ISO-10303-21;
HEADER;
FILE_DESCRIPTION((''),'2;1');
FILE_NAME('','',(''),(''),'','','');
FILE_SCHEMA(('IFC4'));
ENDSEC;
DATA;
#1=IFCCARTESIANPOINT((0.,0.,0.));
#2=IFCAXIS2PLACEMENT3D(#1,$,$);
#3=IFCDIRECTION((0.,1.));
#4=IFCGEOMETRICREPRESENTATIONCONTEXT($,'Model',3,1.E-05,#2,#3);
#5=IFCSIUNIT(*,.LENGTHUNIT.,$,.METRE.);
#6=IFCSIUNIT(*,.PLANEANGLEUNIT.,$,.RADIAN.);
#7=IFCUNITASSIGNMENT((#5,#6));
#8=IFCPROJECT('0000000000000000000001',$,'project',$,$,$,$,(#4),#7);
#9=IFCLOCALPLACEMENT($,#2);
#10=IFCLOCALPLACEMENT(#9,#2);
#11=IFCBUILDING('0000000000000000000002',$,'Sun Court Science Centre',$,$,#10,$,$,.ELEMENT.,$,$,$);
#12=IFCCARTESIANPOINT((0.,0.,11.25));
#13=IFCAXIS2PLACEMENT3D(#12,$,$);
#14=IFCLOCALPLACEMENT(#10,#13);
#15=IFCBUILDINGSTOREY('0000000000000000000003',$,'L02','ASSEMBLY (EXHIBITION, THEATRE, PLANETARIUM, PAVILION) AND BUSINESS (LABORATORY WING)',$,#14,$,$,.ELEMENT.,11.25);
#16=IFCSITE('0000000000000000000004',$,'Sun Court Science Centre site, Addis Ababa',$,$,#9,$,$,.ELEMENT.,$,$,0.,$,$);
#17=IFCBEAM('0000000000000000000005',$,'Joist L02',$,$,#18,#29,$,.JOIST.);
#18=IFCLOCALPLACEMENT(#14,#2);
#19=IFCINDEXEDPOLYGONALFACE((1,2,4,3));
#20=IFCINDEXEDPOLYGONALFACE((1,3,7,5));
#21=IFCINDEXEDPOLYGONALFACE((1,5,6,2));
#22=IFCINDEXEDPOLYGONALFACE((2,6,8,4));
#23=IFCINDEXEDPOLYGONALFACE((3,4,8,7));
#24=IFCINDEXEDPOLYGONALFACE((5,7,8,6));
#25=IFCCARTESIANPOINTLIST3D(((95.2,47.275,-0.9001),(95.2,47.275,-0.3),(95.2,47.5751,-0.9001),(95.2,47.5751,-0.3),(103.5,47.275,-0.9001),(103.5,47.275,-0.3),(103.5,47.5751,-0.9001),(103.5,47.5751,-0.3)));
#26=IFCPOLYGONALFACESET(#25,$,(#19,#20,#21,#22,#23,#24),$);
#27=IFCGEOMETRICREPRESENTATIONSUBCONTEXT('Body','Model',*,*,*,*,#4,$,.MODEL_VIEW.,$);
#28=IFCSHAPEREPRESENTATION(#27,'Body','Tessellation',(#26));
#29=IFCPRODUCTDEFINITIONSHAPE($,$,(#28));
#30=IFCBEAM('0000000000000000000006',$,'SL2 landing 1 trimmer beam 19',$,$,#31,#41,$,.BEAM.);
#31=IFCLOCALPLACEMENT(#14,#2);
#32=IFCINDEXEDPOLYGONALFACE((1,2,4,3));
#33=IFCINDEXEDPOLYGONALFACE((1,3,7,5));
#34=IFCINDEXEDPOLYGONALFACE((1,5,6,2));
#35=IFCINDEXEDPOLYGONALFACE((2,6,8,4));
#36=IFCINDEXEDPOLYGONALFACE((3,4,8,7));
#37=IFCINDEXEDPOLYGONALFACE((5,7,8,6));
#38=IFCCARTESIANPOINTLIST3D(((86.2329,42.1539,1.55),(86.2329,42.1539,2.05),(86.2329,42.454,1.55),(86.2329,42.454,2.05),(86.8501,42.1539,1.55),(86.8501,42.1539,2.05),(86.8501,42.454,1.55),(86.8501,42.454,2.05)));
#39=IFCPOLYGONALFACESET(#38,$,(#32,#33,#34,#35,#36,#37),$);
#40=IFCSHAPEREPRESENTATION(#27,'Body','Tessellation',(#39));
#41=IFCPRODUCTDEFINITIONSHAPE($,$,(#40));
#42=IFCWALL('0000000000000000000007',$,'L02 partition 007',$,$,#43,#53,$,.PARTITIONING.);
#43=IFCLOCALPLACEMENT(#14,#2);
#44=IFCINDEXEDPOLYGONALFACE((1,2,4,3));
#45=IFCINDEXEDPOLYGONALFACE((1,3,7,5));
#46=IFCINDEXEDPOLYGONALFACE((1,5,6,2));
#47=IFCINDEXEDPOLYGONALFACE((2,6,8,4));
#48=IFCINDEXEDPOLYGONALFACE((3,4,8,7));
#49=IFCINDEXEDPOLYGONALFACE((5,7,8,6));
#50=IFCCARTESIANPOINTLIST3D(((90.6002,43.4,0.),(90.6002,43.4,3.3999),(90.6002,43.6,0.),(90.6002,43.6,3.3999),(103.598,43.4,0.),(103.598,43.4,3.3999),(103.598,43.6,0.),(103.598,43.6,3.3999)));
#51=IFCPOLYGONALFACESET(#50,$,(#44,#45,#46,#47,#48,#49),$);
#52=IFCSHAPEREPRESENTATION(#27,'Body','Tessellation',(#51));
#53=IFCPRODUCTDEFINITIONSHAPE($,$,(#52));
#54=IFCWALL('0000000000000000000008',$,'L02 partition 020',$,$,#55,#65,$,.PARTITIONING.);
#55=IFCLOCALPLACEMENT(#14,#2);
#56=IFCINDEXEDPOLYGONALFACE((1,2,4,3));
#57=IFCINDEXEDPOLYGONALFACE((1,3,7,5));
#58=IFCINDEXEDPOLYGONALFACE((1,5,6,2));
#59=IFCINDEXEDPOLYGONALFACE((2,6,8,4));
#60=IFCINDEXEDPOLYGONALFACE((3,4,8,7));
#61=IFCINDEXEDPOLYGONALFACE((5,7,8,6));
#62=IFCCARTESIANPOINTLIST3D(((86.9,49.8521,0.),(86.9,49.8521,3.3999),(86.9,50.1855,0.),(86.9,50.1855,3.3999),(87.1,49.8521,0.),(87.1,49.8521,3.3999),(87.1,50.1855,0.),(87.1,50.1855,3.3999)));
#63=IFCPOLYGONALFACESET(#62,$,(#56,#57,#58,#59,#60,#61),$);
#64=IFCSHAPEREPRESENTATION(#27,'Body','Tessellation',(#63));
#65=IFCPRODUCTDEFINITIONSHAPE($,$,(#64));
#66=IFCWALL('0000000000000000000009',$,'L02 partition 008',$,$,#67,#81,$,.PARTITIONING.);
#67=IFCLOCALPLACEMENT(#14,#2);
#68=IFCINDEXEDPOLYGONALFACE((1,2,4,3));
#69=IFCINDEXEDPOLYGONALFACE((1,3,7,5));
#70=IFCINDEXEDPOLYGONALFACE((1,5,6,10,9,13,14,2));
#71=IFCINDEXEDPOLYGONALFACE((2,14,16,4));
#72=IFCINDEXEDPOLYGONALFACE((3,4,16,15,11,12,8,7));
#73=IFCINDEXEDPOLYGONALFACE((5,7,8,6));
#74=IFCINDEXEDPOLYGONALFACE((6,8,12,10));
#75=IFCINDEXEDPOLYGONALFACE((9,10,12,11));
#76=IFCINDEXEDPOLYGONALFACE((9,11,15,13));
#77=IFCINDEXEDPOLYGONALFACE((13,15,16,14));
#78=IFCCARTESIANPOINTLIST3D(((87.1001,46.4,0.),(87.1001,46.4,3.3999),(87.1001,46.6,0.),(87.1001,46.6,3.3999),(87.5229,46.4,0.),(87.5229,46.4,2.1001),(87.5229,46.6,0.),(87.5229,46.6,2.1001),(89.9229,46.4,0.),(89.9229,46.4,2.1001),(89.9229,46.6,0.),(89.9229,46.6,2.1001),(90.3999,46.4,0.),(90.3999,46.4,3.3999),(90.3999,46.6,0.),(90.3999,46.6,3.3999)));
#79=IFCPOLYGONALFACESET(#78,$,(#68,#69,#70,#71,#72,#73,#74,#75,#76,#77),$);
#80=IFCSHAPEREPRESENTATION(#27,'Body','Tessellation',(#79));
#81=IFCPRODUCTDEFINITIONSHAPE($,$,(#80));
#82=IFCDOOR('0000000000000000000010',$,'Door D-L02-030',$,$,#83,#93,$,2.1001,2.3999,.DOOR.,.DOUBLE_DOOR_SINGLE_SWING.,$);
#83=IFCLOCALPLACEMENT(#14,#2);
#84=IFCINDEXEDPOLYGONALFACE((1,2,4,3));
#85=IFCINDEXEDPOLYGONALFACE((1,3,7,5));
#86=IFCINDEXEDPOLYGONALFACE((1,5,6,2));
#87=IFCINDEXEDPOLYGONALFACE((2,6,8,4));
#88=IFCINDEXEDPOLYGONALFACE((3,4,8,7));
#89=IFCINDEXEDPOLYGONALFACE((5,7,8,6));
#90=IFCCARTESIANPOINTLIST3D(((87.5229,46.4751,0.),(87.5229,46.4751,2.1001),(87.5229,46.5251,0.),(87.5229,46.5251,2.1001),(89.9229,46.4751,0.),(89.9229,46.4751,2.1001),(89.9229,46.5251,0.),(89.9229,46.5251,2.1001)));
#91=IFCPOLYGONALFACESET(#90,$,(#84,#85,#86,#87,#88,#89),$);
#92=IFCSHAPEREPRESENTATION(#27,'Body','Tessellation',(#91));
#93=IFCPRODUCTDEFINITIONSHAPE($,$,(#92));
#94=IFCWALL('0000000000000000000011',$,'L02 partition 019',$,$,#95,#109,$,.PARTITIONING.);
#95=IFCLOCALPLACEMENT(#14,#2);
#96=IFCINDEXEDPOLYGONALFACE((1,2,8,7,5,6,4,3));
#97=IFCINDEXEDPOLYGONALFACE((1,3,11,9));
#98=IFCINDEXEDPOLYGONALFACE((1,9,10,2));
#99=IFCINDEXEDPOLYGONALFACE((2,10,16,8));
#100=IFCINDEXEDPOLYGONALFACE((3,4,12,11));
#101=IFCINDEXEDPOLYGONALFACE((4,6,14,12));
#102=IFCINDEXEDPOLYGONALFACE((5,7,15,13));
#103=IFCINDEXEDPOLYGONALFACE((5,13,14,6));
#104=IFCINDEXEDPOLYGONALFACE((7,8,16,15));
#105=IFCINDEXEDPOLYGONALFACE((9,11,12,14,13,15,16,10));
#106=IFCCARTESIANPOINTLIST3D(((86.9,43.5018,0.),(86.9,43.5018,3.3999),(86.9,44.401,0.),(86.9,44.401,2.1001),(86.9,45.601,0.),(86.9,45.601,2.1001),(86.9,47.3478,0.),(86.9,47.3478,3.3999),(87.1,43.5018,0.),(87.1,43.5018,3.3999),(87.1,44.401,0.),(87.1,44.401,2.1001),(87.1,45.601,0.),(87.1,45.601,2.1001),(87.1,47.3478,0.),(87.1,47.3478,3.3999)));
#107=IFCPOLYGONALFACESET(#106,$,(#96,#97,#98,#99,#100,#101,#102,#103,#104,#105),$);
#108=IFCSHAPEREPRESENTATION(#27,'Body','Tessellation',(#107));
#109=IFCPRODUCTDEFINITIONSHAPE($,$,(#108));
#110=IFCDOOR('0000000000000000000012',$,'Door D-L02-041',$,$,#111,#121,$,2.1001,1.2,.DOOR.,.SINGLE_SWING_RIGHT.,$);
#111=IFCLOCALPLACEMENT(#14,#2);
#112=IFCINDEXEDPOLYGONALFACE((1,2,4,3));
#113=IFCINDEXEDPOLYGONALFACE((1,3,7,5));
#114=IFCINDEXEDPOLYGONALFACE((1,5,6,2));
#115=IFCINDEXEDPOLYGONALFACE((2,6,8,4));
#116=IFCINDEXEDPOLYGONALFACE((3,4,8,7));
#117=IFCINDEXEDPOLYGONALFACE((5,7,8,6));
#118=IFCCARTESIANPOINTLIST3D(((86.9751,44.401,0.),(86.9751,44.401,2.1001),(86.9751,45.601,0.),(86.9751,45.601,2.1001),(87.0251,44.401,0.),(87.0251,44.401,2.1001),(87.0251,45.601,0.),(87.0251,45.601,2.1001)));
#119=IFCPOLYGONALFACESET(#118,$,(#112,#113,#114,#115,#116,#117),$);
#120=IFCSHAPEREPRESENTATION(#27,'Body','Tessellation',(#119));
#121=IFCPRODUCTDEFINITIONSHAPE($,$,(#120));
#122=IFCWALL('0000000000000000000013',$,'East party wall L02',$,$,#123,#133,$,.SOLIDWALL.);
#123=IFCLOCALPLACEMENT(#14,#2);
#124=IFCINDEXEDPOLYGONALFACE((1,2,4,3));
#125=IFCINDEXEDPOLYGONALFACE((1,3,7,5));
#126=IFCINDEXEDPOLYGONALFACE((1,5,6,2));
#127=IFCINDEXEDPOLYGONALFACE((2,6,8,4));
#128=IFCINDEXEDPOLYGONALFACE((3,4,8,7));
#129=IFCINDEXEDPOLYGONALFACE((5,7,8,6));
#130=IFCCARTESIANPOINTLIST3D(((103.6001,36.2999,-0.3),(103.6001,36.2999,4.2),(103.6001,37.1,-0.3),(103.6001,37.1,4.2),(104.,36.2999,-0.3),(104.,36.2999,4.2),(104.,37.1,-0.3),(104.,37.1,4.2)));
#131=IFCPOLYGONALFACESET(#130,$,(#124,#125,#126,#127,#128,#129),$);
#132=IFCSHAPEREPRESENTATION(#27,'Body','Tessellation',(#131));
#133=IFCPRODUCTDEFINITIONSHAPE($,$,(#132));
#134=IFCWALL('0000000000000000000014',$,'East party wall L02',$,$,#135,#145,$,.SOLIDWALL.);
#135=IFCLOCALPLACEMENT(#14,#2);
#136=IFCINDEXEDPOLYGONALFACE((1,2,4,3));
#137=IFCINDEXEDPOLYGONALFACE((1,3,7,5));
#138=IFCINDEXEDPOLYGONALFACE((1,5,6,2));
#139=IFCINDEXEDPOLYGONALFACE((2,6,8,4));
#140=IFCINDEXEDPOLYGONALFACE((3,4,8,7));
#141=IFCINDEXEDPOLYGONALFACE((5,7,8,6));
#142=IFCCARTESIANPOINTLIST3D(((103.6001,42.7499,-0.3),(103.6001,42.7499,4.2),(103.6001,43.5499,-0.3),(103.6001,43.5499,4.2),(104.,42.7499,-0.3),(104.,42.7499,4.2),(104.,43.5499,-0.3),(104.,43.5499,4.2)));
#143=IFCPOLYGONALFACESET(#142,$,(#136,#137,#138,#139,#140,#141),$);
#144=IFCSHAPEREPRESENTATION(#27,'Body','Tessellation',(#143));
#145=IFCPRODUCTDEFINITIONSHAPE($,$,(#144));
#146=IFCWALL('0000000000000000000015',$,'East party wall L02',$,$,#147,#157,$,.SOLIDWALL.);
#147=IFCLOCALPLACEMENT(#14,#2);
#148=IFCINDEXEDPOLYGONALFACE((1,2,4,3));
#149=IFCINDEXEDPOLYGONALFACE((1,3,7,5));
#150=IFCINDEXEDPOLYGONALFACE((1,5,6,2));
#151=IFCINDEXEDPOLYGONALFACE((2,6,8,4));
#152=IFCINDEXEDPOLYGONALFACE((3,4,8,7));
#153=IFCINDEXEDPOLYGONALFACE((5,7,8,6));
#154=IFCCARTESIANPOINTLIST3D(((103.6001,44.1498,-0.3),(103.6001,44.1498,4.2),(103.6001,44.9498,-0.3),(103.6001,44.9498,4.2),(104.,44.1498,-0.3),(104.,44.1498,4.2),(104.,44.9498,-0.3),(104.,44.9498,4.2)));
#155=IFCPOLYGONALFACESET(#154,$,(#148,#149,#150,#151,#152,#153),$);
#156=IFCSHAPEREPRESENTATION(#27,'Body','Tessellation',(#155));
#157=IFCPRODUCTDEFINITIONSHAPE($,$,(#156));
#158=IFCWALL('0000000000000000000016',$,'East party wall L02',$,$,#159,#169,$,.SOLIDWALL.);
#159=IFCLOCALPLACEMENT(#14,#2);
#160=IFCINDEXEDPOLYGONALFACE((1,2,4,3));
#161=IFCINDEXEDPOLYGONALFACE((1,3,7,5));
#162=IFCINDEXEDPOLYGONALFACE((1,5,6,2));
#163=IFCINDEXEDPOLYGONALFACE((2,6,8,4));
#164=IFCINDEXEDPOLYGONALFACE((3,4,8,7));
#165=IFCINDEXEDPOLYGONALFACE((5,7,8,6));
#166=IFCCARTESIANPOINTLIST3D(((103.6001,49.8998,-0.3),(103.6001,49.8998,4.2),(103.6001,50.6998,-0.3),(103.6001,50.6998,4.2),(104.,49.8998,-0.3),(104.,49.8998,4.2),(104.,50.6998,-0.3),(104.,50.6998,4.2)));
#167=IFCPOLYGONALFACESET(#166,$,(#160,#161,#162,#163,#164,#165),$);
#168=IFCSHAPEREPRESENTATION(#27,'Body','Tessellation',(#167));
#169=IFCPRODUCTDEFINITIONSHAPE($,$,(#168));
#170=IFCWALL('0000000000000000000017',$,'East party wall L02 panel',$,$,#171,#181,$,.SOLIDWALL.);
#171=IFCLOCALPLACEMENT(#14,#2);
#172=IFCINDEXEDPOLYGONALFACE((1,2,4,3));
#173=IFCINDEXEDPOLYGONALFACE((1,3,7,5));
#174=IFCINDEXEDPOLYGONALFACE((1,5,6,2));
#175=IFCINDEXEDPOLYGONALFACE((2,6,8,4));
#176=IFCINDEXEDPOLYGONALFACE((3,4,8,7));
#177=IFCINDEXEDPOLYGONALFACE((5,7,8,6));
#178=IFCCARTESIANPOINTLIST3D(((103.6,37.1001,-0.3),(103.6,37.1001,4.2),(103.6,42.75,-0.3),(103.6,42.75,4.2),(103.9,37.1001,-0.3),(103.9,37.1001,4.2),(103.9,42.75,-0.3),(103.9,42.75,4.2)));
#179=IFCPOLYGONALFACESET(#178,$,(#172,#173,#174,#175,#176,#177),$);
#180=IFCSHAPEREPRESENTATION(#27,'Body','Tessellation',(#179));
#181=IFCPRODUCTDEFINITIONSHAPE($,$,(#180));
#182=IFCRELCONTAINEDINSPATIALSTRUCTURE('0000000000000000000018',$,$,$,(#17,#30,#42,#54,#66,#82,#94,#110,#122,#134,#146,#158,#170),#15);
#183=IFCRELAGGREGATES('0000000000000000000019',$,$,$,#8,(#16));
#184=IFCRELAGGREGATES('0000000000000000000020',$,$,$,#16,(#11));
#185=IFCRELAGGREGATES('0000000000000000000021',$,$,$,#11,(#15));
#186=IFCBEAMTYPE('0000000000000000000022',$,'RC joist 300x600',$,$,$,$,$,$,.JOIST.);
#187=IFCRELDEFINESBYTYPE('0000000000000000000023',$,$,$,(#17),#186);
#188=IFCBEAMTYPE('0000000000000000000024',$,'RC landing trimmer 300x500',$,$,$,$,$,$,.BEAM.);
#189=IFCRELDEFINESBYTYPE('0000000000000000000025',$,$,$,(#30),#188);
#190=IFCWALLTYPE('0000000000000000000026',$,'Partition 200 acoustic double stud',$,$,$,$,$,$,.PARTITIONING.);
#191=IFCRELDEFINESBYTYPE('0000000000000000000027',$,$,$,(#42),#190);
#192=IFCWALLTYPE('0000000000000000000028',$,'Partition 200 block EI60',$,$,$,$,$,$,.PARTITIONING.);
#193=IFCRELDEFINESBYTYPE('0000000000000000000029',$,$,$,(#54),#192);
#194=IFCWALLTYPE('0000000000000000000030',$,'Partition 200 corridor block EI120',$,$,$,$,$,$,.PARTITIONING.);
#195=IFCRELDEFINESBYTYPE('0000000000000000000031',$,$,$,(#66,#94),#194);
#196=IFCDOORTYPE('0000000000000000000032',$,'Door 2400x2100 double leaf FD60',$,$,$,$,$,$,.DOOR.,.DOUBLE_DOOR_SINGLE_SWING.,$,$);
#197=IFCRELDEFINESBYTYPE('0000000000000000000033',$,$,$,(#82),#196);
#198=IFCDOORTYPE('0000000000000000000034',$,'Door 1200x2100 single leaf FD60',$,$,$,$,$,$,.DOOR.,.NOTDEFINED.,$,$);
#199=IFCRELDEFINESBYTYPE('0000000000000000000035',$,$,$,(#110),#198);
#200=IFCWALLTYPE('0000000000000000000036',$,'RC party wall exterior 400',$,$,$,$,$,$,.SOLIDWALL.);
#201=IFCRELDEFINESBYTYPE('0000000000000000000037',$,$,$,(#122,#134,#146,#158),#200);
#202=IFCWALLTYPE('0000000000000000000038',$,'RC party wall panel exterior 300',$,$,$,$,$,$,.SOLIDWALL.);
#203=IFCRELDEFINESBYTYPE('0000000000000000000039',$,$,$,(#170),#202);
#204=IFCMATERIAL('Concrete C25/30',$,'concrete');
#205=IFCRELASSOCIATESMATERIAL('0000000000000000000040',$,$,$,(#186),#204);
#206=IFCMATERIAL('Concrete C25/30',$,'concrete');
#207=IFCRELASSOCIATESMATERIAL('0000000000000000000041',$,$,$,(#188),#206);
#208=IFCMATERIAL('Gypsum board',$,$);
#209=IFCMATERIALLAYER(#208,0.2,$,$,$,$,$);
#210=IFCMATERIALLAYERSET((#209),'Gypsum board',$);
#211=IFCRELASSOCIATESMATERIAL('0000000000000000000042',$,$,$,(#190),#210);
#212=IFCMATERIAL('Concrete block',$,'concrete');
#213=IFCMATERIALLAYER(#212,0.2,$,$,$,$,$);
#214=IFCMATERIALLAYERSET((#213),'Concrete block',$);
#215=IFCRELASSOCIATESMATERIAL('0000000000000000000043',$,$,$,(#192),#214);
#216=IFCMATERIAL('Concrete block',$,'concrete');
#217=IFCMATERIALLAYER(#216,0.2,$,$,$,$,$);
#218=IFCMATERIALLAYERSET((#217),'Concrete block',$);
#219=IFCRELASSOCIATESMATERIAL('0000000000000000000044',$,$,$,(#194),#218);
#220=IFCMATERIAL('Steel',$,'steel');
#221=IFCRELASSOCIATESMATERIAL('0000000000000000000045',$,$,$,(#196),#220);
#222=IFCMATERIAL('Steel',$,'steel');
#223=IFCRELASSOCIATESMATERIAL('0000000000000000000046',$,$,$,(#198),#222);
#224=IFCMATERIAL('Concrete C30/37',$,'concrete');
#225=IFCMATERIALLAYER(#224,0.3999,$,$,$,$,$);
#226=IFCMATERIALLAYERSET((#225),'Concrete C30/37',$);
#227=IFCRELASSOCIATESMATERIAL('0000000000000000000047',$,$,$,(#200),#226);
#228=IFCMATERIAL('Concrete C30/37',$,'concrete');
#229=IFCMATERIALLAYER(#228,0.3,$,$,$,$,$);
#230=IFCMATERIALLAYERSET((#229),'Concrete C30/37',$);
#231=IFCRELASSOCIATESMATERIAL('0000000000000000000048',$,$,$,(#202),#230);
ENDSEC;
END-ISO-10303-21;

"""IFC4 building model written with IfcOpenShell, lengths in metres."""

from ifc_helpers import new_model, si_unit, direction, frame, frame_2d, origin, origin_2d, place, context, subcontext, project, spatial, rectangle, extrude, material, layer, layer_set, material_profile, profile_set, type_object, element, fill, save


model = new_model("IFC4")

# Units and contexts
model_context = context("Model", 3, precision=1e-05, world=origin(), true_north=direction((0.0, 1.0)))
body_context = subcontext(model_context, "Body", "Model", "MODEL_VIEW")
ifc_project = project(units=[si_unit("LENGTHUNIT", "METRE"), si_unit("PLANEANGLEUNIT", "RADIAN")], contexts=[model_context])

# Site, building, storey
site_placement = place(None, origin())
site = spatial("IfcSite", under=ifc_project, at=site_placement, Name="Sun Court Science Centre site, Addis Ababa", CompositionType="ELEMENT", RefElevation=0.0)
building_placement = place(site_placement, origin())
building = spatial("IfcBuilding", under=site, at=building_placement, Name="Sun Court Science Centre", CompositionType="ELEMENT")
storey_placement = place(building_placement, frame((0.0, 0.0, 11.25)))
storey = spatial("IfcBuildingStorey", under=building, at=storey_placement, Name="L02", Description="ASSEMBLY (EXHIBITION, THEATRE, PLANETARIUM, PAVILION) AND BUSINESS (LABORATORY WING)", CompositionType="ELEMENT", Elevation=11.25)

# Beams
ifc_material_1 = material(Name="Concrete C25/30", Category="concrete")
ifc_material_profile_1 = material_profile(ifc_material_1, rectangle(XDim=0.3, YDim=0.6001, at=origin_2d()), Name="RC 300x600")
ifc_profile_set_1 = profile_set([ifc_material_profile_1], Name="Concrete C25/30")
beam_type_1 = type_object("IfcBeamType", Name="RC joist 300x600", PredefinedType="JOIST", material=ifc_profile_set_1)
beam_1_placement = place(storey_placement, frame((95.2, 47.425, -0.6001), z_axis=(1.0, 0.0, 0.0), x_axis=(0.0, 1.0, 0.0)))
element("IfcBeam", 1, at=beam_1_placement, inside=storey, type_object=beam_type_1, Name="Joist L02", PredefinedType="JOIST", context=body_context, shape_type="SweptSolid", body=[
    extrude(rectangle(XDim=0.3, YDim=0.6001, at=origin_2d()), origin(), (0.0, 0.0, 1.0), 8.3),
])
ifc_material_2 = material(Name="Concrete C25/30", Category="concrete")
ifc_material_profile_2 = material_profile(ifc_material_2, rectangle(XDim=0.3, YDim=0.5, at=origin_2d()), Name="RC 300x500")
ifc_profile_set_2 = profile_set([ifc_material_profile_2], Name="Concrete C25/30")
beam_type_2 = type_object("IfcBeamType", Name="RC landing trimmer 300x500", PredefinedType="BEAM", material=ifc_profile_set_2)
beam_2_placement = place(storey_placement, frame((86.8501, 42.304, 1.8), z_axis=(-1.0, 0.0, 0.0), x_axis=(0.0, -1.0, 0.0)))
element("IfcBeam", 2, at=beam_2_placement, inside=storey, type_object=beam_type_2, Name="SL2 landing 1 trimmer beam 19", PredefinedType="BEAM", context=body_context, shape_type="SweptSolid", body=[
    extrude(rectangle(XDim=0.3, YDim=0.5, at=origin_2d()), origin(), (0.0, 0.0, 1.0), 0.6172),
])

# Walls
ifc_material_3 = material(Name="Gypsum board")
ifc_layer_1 = layer(ifc_material_3, 0.2)
ifc_layer_set_1 = layer_set([ifc_layer_1], Name="Gypsum board")
wall_type_1 = type_object("IfcWallType", Name="Partition 200 acoustic double stud", PredefinedType="PARTITIONING", material=ifc_layer_set_1)
wall_1_placement = place(storey_placement, frame((90.6001, 43.5, 0.0), z_axis=(0.0, 0.0, 1.0), x_axis=(1.0, 0.0, 0.0)))
element("IfcWall", 3, at=wall_1_placement, inside=storey, type_object=wall_type_1, Name="L02 partition 007", PredefinedType="PARTITIONING", context=body_context, shape_type="SweptSolid", body=[
    extrude(rectangle(XDim=12.9978, YDim=0.2, at=frame_2d((6.499, 0.0))), origin(), (0.0, 0.0, 1.0), 3.3999),
])
ifc_material_4 = material(Name="Concrete block", Category="concrete")
ifc_layer_2 = layer(ifc_material_4, 0.2)
ifc_layer_set_2 = layer_set([ifc_layer_2], Name="Concrete block")
wall_type_2 = type_object("IfcWallType", Name="Partition 200 block EI60", PredefinedType="PARTITIONING", material=ifc_layer_set_2)
wall_2_placement = place(storey_placement, frame((87.0, 49.8521, 0.0), z_axis=(0.0, 0.0, 1.0), x_axis=(0.0, 1.0, 0.0)))
element("IfcWall", 4, at=wall_2_placement, inside=storey, type_object=wall_type_2, Name="L02 partition 020", PredefinedType="PARTITIONING", context=body_context, shape_type="SweptSolid", body=[
    extrude(rectangle(XDim=0.3335, YDim=0.2, at=frame_2d((0.1667, 0.0))), origin(), (0.0, 0.0, 1.0), 3.3999),
])

# Walls, openings, doors
ifc_material_5 = material(Name="Concrete block", Category="concrete")
ifc_layer_3 = layer(ifc_material_5, 0.2)
ifc_layer_set_3 = layer_set([ifc_layer_3], Name="Concrete block")
wall_type_3 = type_object("IfcWallType", Name="Partition 200 corridor block EI120", PredefinedType="PARTITIONING", material=ifc_layer_set_3)
wall_3_placement = place(storey_placement, frame((90.3999, 46.5, 0.0), z_axis=(0.0, 0.0, 1.0), x_axis=(-1.0, 0.0, 0.0)))
wall_3 = element("IfcWall", 5, at=wall_3_placement, inside=storey, type_object=wall_type_3, Name="L02 partition 008", PredefinedType="PARTITIONING", context=body_context, shape_type="SweptSolid", body=[
    extrude(rectangle(XDim=3.2998, YDim=0.2, at=frame_2d((1.6499, 0.0))), origin(), (0.0, 0.0, 1.0), 3.3999),
])
opening_1_placement = place(wall_3_placement, frame((0.4771, 0.0, 0.0)))
opening_1 = element("IfcOpeningElement", 6, at=opening_1_placement, cuts=wall_3, PredefinedType="OPENING", context=body_context, shape_type="SweptSolid", body=[
    extrude(rectangle(XDim=2.3999, YDim=2.1001, at=frame_2d((1.2, 1.05))), frame((0.0, 0.1099, 0.0), z_axis=(0.0, -1.0, 0.0), x_axis=(1.0, 0.0, 0.0)), (0.0, 0.0, 1.0), 0.22),
])
ifc_material_6 = material(Name="Steel", Category="steel")
door_type_1 = type_object("IfcDoorType", Name="Door 2400x2100 double leaf FD60", OperationType="DOUBLE_DOOR_SINGLE_SWING", PredefinedType="DOOR", material=ifc_material_6)
door_1_placement = place(opening_1_placement, origin())
door_1 = element("IfcDoor", 7, at=door_1_placement, inside=storey, type_object=door_type_1, Name="Door D-L02-030", OperationType="DOUBLE_DOOR_SINGLE_SWING", OverallHeight=2.1001, OverallWidth=2.3999, PredefinedType="DOOR", context=body_context, shape_type="SweptSolid", body=[
    extrude(rectangle(XDim=2.3999, YDim=2.1001, at=frame_2d((1.2, 1.05))), frame((0.0, 0.0249, 0.0), z_axis=(0.0, -1.0, 0.0), x_axis=(1.0, 0.0, 0.0)), (0.0, 0.0, 1.0), 0.05),
])
fill(opening_1, door_1)
wall_4_placement = place(storey_placement, frame((87.0, 43.502, 0.0), z_axis=(0.0, 0.0, 1.0), x_axis=(0.0, 1.0, 0.0)))
wall_4 = element("IfcWall", 8, at=wall_4_placement, inside=storey, type_object=wall_type_3, Name="L02 partition 019", PredefinedType="PARTITIONING", context=body_context, shape_type="SweptSolid", body=[
    extrude(rectangle(XDim=3.8459, YDim=0.2, at=frame_2d((1.9229, 0.0))), origin(), (0.0, 0.0, 1.0), 3.3999),
])
opening_2_placement = place(wall_4_placement, frame((0.8989, 0.0, 0.0)))
opening_2 = element("IfcOpeningElement", 9, at=opening_2_placement, cuts=wall_4, PredefinedType="OPENING", context=body_context, shape_type="SweptSolid", body=[
    extrude(rectangle(XDim=1.2, YDim=2.1001, at=frame_2d((0.6001, 1.05))), frame((0.0, 0.1099, 0.0), z_axis=(0.0, -1.0, 0.0), x_axis=(1.0, 0.0, 0.0)), (0.0, 0.0, 1.0), 0.22),
])
ifc_material_7 = material(Name="Steel", Category="steel")
door_type_2 = type_object("IfcDoorType", Name="Door 1200x2100 single leaf FD60", OperationType="NOTDEFINED", PredefinedType="DOOR", material=ifc_material_7)
door_2_placement = place(opening_2_placement, origin())
door_2 = element("IfcDoor", 10, at=door_2_placement, inside=storey, type_object=door_type_2, Name="Door D-L02-041", OperationType="SINGLE_SWING_RIGHT", OverallHeight=2.1001, OverallWidth=1.2, PredefinedType="DOOR", context=body_context, shape_type="SweptSolid", body=[
    extrude(rectangle(XDim=1.2, YDim=2.1001, at=frame_2d((0.6001, 1.05))), frame((0.0, 0.0249, 0.0), z_axis=(0.0, -1.0, 0.0), x_axis=(1.0, 0.0, 0.0)), (0.0, 0.0, 1.0), 0.05),
])
fill(opening_2, door_2)

# Walls
ifc_material_8 = material(Name="Concrete C30/37", Category="concrete")
ifc_layer_4 = layer(ifc_material_8, 0.3999)
ifc_layer_set_4 = layer_set([ifc_layer_4], Name="Concrete C30/37")
wall_type_4 = type_object("IfcWallType", Name="RC party wall exterior 400", PredefinedType="SOLIDWALL", material=ifc_layer_set_4)
for number, where, z_axis, x_axis, name in (
    (11, (103.8, 36.3, -0.3), (0.0, 0.0, 1.0), (0.0, 1.0, 0.0), "East party wall L02"),
    (12, (103.8, 42.75, -0.3), (0.0, 0.0, 1.0), (0.0, 1.0, 0.0), "East party wall L02"),
    (13, (103.8, 44.1499, -0.3), (0.0, 0.0, 1.0), (0.0, 1.0, 0.0), "East party wall L02"),
    (14, (103.8, 49.8999, -0.3), (0.0, 0.0, 1.0), (0.0, 1.0, 0.0), "East party wall L02"),
):
    element("IfcWall", number, at=place(storey_placement, frame(where, z_axis=z_axis, x_axis=x_axis)), inside=storey, type_object=wall_type_4, Name=name, PredefinedType="SOLIDWALL", context=body_context, shape_type="SweptSolid", body=[
        extrude(rectangle(XDim=0.8, YDim=0.3999, at=frame_2d((0.3999, 0.0))), origin(), (0.0, 0.0, 1.0), 4.5),
    ])
ifc_material_9 = material(Name="Concrete C30/37", Category="concrete")
ifc_layer_5 = layer(ifc_material_9, 0.3)
ifc_layer_set_5 = layer_set([ifc_layer_5], Name="Concrete C30/37")
wall_type_5 = type_object("IfcWallType", Name="RC party wall panel exterior 300", PredefinedType="SOLIDWALL", material=ifc_layer_set_5)
wall_5_placement = place(storey_placement, frame((103.75, 37.1001, -0.3), z_axis=(0.0, 0.0, 1.0), x_axis=(0.0, 1.0, 0.0)))
element("IfcWall", 15, at=wall_5_placement, inside=storey, type_object=wall_type_5, Name="East party wall L02 panel", PredefinedType="SOLIDWALL", context=body_context, shape_type="SweptSolid", body=[
    extrude(rectangle(XDim=5.6499, YDim=0.3, at=frame_2d((2.825, 0.0))), origin(), (0.0, 0.0, 1.0), 4.5),
])

save(model, "model.ifc")
